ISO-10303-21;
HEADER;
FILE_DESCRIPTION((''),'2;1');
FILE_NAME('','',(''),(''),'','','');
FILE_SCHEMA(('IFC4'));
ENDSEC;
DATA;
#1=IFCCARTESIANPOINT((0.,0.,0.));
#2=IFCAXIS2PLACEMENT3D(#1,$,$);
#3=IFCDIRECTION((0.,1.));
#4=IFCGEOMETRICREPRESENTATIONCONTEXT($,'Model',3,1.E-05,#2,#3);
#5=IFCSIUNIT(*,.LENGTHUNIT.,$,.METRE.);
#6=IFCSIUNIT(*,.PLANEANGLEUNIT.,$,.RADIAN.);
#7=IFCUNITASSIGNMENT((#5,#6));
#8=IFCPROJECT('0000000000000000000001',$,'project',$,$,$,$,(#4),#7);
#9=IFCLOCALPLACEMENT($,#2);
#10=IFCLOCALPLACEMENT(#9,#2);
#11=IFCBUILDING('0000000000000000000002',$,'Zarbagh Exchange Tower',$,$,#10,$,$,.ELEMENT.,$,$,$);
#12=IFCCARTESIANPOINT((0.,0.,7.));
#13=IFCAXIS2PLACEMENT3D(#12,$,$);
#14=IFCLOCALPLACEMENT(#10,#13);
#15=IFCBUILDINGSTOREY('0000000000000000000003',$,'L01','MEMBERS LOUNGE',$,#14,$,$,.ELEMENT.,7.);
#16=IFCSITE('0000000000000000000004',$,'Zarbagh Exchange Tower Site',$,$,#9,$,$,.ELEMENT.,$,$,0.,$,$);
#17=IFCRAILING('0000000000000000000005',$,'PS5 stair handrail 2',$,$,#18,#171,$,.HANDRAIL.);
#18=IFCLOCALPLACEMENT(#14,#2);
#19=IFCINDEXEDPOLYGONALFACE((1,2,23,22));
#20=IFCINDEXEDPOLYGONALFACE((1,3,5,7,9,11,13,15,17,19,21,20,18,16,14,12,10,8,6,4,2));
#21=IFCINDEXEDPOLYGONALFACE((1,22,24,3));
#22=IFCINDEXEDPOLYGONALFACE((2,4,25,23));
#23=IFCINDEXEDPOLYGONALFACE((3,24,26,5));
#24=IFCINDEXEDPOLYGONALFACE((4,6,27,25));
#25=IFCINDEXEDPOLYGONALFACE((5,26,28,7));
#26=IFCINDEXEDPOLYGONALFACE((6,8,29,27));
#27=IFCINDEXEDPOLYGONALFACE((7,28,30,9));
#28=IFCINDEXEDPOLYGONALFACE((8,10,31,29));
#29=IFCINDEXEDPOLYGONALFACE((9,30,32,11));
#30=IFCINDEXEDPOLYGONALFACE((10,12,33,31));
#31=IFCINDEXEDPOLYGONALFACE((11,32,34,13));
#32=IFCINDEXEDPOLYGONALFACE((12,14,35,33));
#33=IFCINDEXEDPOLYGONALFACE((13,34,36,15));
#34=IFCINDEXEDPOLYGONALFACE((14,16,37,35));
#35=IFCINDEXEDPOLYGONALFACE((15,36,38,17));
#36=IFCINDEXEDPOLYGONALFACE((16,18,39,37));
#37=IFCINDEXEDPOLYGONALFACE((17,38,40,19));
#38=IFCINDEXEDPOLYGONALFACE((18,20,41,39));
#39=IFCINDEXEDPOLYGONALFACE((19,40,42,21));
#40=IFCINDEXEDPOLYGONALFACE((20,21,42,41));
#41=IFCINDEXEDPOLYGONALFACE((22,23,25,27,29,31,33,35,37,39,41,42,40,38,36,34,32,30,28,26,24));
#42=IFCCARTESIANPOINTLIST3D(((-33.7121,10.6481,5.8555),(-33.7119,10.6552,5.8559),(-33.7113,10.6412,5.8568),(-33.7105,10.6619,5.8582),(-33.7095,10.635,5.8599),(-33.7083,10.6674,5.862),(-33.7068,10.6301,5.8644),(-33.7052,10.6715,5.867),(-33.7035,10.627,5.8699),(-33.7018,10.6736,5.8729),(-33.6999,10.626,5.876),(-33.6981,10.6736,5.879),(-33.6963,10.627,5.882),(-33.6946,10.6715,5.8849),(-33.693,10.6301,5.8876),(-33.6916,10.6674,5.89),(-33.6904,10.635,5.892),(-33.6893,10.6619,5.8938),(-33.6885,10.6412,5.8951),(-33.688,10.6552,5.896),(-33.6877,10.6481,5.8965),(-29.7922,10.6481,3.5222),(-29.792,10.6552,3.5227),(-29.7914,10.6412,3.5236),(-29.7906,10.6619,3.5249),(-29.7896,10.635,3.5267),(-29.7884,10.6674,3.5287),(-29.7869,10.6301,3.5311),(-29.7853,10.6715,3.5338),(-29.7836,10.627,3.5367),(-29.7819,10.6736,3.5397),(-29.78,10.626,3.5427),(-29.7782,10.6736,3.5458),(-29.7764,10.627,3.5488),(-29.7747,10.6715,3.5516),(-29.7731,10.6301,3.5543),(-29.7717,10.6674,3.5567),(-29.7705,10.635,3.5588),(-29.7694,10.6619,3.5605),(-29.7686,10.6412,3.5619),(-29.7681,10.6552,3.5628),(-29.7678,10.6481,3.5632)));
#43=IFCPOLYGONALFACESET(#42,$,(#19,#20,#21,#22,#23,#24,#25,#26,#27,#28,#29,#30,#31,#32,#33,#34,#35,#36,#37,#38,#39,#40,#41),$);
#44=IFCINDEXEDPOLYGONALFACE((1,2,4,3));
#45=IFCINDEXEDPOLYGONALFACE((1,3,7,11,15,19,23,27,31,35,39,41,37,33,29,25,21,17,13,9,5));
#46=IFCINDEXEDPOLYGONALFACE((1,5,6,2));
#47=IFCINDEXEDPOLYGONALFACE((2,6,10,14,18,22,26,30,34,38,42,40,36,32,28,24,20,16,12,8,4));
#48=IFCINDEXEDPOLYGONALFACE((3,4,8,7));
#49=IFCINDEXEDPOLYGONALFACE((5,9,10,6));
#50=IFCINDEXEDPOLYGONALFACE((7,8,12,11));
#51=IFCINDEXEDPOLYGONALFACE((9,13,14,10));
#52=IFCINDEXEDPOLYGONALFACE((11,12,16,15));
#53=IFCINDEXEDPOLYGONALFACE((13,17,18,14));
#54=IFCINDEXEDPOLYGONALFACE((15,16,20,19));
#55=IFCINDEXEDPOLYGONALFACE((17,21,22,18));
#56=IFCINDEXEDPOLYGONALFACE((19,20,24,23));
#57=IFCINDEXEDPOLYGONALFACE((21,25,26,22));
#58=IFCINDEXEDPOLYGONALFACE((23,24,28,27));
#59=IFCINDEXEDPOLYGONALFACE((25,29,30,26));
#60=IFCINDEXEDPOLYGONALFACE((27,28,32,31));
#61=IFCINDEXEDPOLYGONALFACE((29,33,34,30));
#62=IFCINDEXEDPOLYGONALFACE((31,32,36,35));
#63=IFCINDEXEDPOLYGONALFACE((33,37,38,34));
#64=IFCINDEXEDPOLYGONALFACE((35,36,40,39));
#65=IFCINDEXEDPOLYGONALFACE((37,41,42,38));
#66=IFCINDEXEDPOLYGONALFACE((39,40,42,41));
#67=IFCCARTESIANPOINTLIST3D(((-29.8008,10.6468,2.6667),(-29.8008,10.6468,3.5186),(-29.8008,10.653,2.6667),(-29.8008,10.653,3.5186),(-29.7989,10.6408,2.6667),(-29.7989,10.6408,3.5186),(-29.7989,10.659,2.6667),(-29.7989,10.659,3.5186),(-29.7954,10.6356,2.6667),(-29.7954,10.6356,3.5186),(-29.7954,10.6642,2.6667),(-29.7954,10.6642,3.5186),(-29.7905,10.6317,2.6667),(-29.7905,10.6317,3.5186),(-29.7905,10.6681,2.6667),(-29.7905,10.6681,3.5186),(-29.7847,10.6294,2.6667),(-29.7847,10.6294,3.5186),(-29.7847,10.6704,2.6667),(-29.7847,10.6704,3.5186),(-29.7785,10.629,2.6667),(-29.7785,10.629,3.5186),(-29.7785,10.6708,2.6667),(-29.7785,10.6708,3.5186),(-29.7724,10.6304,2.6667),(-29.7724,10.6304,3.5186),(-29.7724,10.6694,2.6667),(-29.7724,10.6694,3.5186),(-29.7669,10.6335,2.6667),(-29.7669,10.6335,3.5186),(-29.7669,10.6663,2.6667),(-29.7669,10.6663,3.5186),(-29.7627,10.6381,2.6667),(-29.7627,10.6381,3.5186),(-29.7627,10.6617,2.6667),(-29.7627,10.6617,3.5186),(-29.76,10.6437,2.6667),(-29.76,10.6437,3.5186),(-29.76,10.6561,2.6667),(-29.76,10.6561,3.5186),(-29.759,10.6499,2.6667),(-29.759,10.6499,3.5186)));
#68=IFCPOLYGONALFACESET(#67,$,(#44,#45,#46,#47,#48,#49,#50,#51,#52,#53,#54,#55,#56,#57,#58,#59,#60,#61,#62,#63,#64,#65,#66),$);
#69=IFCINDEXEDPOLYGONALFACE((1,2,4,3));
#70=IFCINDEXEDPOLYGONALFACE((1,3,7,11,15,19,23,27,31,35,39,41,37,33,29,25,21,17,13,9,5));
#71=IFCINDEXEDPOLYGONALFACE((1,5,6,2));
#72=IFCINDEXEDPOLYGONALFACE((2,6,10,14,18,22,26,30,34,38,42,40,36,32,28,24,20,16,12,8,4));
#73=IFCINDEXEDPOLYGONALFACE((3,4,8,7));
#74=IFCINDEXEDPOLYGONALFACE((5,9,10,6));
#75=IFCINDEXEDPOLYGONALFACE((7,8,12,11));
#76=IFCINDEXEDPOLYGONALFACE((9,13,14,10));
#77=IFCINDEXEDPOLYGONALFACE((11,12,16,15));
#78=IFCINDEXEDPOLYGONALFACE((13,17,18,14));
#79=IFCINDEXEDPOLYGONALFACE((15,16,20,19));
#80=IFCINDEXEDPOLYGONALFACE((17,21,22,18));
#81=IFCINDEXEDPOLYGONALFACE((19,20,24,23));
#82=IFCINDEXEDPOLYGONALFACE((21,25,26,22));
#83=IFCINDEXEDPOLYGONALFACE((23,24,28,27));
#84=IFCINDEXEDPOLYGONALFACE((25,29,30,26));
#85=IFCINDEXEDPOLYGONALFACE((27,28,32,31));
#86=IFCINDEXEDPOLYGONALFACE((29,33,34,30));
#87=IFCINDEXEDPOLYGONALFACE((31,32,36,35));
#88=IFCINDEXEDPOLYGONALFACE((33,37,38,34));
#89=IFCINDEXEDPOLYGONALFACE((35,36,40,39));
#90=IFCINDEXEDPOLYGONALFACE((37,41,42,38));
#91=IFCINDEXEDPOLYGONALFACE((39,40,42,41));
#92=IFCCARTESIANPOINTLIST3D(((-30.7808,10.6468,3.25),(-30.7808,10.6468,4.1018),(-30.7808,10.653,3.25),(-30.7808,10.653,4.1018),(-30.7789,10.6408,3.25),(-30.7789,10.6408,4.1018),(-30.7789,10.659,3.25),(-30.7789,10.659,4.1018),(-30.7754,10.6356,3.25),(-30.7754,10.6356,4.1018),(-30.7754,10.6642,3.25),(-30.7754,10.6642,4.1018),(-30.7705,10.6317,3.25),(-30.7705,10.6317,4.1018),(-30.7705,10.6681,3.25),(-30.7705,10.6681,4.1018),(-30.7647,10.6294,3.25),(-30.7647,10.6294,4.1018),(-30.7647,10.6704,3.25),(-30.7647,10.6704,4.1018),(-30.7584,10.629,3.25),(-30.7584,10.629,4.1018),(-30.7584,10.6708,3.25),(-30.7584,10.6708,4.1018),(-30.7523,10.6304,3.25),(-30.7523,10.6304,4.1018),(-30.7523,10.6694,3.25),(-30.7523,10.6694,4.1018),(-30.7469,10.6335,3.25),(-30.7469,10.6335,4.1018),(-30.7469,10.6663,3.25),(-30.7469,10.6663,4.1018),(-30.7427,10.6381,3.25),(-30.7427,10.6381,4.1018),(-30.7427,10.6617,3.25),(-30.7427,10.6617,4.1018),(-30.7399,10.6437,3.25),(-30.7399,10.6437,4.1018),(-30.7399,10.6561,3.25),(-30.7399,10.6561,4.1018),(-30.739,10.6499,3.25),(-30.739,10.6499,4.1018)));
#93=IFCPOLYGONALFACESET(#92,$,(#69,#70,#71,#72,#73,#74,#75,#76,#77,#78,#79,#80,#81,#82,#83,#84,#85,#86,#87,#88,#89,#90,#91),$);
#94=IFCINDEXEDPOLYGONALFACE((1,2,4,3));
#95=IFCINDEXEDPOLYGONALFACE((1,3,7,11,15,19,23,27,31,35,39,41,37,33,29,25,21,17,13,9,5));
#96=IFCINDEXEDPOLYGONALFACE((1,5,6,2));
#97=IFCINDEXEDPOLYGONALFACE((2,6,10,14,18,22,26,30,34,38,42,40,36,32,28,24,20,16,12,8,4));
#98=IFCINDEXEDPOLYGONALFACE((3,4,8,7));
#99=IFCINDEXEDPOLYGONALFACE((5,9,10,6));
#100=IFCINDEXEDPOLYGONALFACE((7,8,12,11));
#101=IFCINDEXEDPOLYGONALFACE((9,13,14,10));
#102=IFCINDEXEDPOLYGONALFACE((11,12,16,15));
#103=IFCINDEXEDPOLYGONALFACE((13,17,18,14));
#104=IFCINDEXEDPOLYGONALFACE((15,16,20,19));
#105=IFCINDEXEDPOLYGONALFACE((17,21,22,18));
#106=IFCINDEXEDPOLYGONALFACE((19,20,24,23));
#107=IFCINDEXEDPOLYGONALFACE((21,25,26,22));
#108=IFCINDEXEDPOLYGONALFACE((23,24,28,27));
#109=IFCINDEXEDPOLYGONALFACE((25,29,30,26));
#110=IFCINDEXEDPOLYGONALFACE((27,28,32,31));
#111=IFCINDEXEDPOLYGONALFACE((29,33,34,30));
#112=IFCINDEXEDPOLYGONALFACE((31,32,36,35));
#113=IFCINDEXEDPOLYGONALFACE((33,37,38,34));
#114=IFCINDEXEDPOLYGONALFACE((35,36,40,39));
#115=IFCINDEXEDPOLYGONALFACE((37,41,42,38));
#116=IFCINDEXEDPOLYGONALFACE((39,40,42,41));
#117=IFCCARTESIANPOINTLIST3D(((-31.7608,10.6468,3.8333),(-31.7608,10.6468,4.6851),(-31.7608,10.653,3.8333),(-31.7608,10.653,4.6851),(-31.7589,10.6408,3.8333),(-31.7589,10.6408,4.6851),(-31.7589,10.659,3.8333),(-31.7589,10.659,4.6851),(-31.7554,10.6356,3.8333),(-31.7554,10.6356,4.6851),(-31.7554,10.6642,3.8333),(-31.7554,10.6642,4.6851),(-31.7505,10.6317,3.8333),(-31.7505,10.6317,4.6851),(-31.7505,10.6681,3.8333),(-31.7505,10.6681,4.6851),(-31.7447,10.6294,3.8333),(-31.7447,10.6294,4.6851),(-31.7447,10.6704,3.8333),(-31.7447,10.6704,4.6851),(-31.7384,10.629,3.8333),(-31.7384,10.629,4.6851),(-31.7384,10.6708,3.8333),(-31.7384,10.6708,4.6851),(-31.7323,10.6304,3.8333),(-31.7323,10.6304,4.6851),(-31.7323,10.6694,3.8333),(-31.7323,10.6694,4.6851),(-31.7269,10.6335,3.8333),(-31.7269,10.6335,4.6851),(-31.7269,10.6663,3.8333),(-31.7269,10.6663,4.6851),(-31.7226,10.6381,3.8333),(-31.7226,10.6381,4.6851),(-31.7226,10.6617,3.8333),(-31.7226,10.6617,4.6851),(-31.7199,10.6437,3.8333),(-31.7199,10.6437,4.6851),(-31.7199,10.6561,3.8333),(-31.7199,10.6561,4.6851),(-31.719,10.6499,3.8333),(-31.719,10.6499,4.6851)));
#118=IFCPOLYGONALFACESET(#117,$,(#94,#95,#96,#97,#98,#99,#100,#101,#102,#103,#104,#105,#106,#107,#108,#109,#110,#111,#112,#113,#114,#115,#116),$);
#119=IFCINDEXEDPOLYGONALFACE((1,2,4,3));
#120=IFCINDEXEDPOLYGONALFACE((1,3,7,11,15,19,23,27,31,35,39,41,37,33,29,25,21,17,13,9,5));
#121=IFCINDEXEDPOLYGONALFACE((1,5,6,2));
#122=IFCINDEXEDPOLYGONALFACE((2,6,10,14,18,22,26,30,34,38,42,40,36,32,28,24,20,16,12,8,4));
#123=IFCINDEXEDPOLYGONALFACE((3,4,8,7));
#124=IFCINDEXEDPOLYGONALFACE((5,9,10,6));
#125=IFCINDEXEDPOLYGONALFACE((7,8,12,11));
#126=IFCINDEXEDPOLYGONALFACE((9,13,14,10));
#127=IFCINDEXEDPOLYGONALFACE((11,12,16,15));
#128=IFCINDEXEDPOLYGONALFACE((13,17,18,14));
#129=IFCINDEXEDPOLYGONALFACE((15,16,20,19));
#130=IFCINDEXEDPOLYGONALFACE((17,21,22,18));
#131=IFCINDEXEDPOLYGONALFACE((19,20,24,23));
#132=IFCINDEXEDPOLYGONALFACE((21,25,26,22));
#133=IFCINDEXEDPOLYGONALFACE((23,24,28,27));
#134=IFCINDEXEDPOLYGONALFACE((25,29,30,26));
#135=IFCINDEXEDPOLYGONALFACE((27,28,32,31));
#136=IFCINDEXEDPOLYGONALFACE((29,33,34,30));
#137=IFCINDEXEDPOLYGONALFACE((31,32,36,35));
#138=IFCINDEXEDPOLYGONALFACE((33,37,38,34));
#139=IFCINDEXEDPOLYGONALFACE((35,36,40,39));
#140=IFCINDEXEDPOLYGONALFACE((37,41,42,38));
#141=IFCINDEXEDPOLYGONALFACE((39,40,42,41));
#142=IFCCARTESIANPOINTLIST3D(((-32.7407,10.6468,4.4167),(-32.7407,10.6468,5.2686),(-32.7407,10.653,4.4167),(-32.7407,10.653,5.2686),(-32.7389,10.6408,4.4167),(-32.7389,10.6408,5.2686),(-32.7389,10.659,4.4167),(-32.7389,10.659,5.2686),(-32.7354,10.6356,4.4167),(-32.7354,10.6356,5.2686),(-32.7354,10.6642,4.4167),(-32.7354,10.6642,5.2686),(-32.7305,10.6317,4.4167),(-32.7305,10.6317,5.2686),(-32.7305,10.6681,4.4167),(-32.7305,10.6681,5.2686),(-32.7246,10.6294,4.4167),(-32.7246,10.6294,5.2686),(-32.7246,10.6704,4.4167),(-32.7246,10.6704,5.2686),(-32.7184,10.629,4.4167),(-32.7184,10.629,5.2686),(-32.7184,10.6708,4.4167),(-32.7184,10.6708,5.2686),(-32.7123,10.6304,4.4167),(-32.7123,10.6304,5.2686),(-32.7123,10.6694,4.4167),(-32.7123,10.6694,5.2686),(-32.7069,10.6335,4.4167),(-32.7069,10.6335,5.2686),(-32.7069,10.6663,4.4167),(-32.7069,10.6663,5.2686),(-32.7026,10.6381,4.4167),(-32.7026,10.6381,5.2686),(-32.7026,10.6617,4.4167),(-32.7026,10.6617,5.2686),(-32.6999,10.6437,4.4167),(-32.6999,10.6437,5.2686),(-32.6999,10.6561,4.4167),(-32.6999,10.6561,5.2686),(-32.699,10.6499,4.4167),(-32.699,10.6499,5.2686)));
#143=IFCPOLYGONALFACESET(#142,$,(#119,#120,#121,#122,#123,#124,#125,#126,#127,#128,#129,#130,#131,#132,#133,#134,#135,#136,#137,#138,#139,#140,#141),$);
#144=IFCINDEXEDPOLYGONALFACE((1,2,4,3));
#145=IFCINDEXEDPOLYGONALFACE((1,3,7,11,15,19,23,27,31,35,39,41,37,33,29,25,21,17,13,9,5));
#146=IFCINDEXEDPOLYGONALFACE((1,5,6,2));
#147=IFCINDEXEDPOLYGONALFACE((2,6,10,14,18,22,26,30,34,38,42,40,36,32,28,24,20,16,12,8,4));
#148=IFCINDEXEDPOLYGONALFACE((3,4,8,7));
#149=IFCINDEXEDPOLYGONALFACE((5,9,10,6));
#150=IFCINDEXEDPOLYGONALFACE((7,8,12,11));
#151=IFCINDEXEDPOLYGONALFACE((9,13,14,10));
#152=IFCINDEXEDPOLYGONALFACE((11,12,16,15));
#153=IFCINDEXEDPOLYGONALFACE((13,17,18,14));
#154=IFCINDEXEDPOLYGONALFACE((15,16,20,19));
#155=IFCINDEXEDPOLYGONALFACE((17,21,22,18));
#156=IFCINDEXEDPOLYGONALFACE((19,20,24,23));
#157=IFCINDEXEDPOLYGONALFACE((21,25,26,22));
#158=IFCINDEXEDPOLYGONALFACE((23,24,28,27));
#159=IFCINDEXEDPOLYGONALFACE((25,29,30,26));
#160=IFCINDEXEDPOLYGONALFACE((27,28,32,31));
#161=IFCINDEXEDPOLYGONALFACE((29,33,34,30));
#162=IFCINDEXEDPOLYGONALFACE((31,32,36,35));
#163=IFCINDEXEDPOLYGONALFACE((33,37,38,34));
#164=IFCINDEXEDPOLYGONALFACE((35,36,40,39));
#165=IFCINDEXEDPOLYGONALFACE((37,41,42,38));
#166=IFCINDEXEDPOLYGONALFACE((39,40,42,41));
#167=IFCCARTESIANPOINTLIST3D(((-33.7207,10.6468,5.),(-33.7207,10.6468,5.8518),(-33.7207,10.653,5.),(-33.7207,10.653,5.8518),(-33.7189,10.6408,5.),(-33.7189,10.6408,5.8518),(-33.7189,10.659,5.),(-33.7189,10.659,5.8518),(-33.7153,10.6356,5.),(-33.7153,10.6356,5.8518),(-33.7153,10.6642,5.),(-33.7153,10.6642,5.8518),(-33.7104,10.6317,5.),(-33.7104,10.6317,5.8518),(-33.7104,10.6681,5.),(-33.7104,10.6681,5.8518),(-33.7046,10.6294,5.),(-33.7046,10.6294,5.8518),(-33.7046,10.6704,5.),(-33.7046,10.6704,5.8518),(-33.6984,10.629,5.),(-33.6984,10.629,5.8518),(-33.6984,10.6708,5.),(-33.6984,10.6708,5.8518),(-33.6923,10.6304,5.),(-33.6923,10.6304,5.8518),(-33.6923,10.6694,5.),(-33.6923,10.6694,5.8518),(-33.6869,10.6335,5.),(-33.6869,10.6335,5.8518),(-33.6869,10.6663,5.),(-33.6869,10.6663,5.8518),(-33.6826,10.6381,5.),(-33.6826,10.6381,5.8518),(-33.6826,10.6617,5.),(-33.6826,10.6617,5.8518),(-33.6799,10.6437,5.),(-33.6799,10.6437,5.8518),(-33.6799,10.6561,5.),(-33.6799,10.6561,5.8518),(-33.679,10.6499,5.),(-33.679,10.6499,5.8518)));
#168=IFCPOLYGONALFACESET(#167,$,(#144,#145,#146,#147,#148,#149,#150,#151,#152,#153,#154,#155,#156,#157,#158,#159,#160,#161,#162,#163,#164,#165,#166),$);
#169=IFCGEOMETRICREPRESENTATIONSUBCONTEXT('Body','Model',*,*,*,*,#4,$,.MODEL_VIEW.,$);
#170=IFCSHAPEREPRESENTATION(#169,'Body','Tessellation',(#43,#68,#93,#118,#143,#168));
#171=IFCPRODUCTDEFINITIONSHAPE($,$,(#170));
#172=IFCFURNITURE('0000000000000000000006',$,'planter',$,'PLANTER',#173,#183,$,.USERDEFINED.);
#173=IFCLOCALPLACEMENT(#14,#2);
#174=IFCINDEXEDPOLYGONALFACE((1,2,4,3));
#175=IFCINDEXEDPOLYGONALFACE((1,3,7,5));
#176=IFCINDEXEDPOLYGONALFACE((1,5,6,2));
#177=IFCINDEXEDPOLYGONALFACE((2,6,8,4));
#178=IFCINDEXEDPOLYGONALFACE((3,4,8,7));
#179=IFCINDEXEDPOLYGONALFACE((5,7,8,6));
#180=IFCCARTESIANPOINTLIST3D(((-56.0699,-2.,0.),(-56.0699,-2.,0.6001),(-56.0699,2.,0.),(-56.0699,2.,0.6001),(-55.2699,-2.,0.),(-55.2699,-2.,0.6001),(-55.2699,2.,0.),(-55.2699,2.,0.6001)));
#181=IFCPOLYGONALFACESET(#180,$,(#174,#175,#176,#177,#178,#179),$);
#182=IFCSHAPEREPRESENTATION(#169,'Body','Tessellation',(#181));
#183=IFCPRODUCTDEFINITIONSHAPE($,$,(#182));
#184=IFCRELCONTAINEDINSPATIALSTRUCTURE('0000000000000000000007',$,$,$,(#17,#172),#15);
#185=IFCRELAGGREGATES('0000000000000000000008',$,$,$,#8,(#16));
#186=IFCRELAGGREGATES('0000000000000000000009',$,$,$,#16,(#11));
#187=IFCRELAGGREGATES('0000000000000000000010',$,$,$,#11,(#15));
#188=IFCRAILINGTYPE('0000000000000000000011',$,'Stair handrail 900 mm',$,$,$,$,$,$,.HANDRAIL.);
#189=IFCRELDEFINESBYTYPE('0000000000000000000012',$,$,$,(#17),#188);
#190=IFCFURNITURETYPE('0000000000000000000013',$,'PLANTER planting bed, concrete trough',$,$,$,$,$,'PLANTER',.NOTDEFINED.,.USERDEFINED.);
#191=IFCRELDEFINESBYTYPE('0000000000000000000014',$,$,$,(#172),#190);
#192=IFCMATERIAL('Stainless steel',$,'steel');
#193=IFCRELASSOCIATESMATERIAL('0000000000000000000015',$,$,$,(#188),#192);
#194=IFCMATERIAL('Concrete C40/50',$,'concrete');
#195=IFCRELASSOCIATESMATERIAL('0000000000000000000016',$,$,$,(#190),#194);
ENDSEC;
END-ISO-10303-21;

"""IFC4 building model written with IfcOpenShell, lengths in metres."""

from ifc_helpers import new_model, si_unit, direction, frame, origin, origin_2d, place, context, subcontext, project, spatial, rectangle, circle, extrude, material, type_object, element, save


model = new_model("IFC4")

# Units and contexts
model_context = context("Model", 3, precision=1e-05, world=origin(), true_north=direction((0.0, 1.0)))
body_context = subcontext(model_context, "Body", "Model", "MODEL_VIEW")
ifc_project = project(units=[si_unit("LENGTHUNIT", "METRE"), si_unit("PLANEANGLEUNIT", "RADIAN")], contexts=[model_context])

# Site, building, storey
site_placement = place(None, origin())
site = spatial("IfcSite", under=ifc_project, at=site_placement, Name="Zarbagh Exchange Tower Site", CompositionType="ELEMENT", RefElevation=0.0)
building_placement = place(site_placement, origin())
building = spatial("IfcBuilding", under=site, at=building_placement, Name="Zarbagh Exchange Tower", CompositionType="ELEMENT")
storey_placement = place(building_placement, frame((0.0, 0.0, 7.0)))
storey = spatial("IfcBuildingStorey", under=building, at=storey_placement, Name="L01", Description="MEMBERS LOUNGE", CompositionType="ELEMENT", Elevation=7.0)

# Shared definitions
ifc_material_1 = material(Name="Concrete C40/50", Category="concrete")

# Railing
ifc_material_2 = material(Name="Stainless steel", Category="steel")
railing_type_1 = type_object("IfcRailingType", Name="Stair handrail 900 mm", PredefinedType="HANDRAIL", material=ifc_material_2)
railing_1_placement = place(storey_placement, frame((-29.78, 10.6499, 2.6667)))
element("IfcRailing", 1, at=railing_1_placement, inside=storey, type_object=railing_type_1, Name="PS5 stair handrail 2", PredefinedType="HANDRAIL", context=body_context, shape_type="SweptSolid", body=[
    extrude(circle(Radius=0.0239, at=origin_2d()), frame((0.0, 0.0, 0.876), z_axis=(-0.859296, 0.0, 0.511478), x_axis=(0.0, -1.0, 0.0)), (0.0, 0.0, 1.0), 4.5618),
    extrude(circle(Radius=0.021, at=origin_2d()), origin(), (0.0, 0.0, 1.0), 0.8518),
    extrude(circle(Radius=0.021, at=origin_2d()), frame((-0.98, 0.0, 0.5833)), (0.0, 0.0, 1.0), 0.8518),
    extrude(circle(Radius=0.021, at=origin_2d()), frame((-1.96, 0.0, 1.1665)), (0.0, 0.0, 1.0), 0.8518),
    extrude(circle(Radius=0.021, at=origin_2d()), frame((-2.9399, 0.0, 1.75)), (0.0, 0.0, 1.0), 0.8518),
    extrude(circle(Radius=0.021, at=origin_2d()), frame((-3.9199, 0.0, 2.3333)), (0.0, 0.0, 1.0), 0.8518),
])

# Furniture
furniture_type = type_object("IfcFurnitureType", Name="PLANTER planting bed, concrete trough", ElementType="PLANTER", AssemblyPlace="NOTDEFINED", PredefinedType="USERDEFINED", material=ifc_material_1)
furniture_placement = place(storey_placement, frame((-55.6699, 0.0, 0.0), z_axis=(0.0, 0.0, 1.0), x_axis=(0.0, 1.0, 0.0)))
element("IfcFurniture", 2, at=furniture_placement, inside=storey, type_object=furniture_type, Name="planter", ObjectType="PLANTER", PredefinedType="USERDEFINED", context=body_context, shape_type="SweptSolid", body=[
    extrude(rectangle(XDim=4.0, YDim=0.8, at=origin_2d()), origin(), (0.0, 0.0, 1.0), 0.6001),
])

save(model, "model.ifc")
